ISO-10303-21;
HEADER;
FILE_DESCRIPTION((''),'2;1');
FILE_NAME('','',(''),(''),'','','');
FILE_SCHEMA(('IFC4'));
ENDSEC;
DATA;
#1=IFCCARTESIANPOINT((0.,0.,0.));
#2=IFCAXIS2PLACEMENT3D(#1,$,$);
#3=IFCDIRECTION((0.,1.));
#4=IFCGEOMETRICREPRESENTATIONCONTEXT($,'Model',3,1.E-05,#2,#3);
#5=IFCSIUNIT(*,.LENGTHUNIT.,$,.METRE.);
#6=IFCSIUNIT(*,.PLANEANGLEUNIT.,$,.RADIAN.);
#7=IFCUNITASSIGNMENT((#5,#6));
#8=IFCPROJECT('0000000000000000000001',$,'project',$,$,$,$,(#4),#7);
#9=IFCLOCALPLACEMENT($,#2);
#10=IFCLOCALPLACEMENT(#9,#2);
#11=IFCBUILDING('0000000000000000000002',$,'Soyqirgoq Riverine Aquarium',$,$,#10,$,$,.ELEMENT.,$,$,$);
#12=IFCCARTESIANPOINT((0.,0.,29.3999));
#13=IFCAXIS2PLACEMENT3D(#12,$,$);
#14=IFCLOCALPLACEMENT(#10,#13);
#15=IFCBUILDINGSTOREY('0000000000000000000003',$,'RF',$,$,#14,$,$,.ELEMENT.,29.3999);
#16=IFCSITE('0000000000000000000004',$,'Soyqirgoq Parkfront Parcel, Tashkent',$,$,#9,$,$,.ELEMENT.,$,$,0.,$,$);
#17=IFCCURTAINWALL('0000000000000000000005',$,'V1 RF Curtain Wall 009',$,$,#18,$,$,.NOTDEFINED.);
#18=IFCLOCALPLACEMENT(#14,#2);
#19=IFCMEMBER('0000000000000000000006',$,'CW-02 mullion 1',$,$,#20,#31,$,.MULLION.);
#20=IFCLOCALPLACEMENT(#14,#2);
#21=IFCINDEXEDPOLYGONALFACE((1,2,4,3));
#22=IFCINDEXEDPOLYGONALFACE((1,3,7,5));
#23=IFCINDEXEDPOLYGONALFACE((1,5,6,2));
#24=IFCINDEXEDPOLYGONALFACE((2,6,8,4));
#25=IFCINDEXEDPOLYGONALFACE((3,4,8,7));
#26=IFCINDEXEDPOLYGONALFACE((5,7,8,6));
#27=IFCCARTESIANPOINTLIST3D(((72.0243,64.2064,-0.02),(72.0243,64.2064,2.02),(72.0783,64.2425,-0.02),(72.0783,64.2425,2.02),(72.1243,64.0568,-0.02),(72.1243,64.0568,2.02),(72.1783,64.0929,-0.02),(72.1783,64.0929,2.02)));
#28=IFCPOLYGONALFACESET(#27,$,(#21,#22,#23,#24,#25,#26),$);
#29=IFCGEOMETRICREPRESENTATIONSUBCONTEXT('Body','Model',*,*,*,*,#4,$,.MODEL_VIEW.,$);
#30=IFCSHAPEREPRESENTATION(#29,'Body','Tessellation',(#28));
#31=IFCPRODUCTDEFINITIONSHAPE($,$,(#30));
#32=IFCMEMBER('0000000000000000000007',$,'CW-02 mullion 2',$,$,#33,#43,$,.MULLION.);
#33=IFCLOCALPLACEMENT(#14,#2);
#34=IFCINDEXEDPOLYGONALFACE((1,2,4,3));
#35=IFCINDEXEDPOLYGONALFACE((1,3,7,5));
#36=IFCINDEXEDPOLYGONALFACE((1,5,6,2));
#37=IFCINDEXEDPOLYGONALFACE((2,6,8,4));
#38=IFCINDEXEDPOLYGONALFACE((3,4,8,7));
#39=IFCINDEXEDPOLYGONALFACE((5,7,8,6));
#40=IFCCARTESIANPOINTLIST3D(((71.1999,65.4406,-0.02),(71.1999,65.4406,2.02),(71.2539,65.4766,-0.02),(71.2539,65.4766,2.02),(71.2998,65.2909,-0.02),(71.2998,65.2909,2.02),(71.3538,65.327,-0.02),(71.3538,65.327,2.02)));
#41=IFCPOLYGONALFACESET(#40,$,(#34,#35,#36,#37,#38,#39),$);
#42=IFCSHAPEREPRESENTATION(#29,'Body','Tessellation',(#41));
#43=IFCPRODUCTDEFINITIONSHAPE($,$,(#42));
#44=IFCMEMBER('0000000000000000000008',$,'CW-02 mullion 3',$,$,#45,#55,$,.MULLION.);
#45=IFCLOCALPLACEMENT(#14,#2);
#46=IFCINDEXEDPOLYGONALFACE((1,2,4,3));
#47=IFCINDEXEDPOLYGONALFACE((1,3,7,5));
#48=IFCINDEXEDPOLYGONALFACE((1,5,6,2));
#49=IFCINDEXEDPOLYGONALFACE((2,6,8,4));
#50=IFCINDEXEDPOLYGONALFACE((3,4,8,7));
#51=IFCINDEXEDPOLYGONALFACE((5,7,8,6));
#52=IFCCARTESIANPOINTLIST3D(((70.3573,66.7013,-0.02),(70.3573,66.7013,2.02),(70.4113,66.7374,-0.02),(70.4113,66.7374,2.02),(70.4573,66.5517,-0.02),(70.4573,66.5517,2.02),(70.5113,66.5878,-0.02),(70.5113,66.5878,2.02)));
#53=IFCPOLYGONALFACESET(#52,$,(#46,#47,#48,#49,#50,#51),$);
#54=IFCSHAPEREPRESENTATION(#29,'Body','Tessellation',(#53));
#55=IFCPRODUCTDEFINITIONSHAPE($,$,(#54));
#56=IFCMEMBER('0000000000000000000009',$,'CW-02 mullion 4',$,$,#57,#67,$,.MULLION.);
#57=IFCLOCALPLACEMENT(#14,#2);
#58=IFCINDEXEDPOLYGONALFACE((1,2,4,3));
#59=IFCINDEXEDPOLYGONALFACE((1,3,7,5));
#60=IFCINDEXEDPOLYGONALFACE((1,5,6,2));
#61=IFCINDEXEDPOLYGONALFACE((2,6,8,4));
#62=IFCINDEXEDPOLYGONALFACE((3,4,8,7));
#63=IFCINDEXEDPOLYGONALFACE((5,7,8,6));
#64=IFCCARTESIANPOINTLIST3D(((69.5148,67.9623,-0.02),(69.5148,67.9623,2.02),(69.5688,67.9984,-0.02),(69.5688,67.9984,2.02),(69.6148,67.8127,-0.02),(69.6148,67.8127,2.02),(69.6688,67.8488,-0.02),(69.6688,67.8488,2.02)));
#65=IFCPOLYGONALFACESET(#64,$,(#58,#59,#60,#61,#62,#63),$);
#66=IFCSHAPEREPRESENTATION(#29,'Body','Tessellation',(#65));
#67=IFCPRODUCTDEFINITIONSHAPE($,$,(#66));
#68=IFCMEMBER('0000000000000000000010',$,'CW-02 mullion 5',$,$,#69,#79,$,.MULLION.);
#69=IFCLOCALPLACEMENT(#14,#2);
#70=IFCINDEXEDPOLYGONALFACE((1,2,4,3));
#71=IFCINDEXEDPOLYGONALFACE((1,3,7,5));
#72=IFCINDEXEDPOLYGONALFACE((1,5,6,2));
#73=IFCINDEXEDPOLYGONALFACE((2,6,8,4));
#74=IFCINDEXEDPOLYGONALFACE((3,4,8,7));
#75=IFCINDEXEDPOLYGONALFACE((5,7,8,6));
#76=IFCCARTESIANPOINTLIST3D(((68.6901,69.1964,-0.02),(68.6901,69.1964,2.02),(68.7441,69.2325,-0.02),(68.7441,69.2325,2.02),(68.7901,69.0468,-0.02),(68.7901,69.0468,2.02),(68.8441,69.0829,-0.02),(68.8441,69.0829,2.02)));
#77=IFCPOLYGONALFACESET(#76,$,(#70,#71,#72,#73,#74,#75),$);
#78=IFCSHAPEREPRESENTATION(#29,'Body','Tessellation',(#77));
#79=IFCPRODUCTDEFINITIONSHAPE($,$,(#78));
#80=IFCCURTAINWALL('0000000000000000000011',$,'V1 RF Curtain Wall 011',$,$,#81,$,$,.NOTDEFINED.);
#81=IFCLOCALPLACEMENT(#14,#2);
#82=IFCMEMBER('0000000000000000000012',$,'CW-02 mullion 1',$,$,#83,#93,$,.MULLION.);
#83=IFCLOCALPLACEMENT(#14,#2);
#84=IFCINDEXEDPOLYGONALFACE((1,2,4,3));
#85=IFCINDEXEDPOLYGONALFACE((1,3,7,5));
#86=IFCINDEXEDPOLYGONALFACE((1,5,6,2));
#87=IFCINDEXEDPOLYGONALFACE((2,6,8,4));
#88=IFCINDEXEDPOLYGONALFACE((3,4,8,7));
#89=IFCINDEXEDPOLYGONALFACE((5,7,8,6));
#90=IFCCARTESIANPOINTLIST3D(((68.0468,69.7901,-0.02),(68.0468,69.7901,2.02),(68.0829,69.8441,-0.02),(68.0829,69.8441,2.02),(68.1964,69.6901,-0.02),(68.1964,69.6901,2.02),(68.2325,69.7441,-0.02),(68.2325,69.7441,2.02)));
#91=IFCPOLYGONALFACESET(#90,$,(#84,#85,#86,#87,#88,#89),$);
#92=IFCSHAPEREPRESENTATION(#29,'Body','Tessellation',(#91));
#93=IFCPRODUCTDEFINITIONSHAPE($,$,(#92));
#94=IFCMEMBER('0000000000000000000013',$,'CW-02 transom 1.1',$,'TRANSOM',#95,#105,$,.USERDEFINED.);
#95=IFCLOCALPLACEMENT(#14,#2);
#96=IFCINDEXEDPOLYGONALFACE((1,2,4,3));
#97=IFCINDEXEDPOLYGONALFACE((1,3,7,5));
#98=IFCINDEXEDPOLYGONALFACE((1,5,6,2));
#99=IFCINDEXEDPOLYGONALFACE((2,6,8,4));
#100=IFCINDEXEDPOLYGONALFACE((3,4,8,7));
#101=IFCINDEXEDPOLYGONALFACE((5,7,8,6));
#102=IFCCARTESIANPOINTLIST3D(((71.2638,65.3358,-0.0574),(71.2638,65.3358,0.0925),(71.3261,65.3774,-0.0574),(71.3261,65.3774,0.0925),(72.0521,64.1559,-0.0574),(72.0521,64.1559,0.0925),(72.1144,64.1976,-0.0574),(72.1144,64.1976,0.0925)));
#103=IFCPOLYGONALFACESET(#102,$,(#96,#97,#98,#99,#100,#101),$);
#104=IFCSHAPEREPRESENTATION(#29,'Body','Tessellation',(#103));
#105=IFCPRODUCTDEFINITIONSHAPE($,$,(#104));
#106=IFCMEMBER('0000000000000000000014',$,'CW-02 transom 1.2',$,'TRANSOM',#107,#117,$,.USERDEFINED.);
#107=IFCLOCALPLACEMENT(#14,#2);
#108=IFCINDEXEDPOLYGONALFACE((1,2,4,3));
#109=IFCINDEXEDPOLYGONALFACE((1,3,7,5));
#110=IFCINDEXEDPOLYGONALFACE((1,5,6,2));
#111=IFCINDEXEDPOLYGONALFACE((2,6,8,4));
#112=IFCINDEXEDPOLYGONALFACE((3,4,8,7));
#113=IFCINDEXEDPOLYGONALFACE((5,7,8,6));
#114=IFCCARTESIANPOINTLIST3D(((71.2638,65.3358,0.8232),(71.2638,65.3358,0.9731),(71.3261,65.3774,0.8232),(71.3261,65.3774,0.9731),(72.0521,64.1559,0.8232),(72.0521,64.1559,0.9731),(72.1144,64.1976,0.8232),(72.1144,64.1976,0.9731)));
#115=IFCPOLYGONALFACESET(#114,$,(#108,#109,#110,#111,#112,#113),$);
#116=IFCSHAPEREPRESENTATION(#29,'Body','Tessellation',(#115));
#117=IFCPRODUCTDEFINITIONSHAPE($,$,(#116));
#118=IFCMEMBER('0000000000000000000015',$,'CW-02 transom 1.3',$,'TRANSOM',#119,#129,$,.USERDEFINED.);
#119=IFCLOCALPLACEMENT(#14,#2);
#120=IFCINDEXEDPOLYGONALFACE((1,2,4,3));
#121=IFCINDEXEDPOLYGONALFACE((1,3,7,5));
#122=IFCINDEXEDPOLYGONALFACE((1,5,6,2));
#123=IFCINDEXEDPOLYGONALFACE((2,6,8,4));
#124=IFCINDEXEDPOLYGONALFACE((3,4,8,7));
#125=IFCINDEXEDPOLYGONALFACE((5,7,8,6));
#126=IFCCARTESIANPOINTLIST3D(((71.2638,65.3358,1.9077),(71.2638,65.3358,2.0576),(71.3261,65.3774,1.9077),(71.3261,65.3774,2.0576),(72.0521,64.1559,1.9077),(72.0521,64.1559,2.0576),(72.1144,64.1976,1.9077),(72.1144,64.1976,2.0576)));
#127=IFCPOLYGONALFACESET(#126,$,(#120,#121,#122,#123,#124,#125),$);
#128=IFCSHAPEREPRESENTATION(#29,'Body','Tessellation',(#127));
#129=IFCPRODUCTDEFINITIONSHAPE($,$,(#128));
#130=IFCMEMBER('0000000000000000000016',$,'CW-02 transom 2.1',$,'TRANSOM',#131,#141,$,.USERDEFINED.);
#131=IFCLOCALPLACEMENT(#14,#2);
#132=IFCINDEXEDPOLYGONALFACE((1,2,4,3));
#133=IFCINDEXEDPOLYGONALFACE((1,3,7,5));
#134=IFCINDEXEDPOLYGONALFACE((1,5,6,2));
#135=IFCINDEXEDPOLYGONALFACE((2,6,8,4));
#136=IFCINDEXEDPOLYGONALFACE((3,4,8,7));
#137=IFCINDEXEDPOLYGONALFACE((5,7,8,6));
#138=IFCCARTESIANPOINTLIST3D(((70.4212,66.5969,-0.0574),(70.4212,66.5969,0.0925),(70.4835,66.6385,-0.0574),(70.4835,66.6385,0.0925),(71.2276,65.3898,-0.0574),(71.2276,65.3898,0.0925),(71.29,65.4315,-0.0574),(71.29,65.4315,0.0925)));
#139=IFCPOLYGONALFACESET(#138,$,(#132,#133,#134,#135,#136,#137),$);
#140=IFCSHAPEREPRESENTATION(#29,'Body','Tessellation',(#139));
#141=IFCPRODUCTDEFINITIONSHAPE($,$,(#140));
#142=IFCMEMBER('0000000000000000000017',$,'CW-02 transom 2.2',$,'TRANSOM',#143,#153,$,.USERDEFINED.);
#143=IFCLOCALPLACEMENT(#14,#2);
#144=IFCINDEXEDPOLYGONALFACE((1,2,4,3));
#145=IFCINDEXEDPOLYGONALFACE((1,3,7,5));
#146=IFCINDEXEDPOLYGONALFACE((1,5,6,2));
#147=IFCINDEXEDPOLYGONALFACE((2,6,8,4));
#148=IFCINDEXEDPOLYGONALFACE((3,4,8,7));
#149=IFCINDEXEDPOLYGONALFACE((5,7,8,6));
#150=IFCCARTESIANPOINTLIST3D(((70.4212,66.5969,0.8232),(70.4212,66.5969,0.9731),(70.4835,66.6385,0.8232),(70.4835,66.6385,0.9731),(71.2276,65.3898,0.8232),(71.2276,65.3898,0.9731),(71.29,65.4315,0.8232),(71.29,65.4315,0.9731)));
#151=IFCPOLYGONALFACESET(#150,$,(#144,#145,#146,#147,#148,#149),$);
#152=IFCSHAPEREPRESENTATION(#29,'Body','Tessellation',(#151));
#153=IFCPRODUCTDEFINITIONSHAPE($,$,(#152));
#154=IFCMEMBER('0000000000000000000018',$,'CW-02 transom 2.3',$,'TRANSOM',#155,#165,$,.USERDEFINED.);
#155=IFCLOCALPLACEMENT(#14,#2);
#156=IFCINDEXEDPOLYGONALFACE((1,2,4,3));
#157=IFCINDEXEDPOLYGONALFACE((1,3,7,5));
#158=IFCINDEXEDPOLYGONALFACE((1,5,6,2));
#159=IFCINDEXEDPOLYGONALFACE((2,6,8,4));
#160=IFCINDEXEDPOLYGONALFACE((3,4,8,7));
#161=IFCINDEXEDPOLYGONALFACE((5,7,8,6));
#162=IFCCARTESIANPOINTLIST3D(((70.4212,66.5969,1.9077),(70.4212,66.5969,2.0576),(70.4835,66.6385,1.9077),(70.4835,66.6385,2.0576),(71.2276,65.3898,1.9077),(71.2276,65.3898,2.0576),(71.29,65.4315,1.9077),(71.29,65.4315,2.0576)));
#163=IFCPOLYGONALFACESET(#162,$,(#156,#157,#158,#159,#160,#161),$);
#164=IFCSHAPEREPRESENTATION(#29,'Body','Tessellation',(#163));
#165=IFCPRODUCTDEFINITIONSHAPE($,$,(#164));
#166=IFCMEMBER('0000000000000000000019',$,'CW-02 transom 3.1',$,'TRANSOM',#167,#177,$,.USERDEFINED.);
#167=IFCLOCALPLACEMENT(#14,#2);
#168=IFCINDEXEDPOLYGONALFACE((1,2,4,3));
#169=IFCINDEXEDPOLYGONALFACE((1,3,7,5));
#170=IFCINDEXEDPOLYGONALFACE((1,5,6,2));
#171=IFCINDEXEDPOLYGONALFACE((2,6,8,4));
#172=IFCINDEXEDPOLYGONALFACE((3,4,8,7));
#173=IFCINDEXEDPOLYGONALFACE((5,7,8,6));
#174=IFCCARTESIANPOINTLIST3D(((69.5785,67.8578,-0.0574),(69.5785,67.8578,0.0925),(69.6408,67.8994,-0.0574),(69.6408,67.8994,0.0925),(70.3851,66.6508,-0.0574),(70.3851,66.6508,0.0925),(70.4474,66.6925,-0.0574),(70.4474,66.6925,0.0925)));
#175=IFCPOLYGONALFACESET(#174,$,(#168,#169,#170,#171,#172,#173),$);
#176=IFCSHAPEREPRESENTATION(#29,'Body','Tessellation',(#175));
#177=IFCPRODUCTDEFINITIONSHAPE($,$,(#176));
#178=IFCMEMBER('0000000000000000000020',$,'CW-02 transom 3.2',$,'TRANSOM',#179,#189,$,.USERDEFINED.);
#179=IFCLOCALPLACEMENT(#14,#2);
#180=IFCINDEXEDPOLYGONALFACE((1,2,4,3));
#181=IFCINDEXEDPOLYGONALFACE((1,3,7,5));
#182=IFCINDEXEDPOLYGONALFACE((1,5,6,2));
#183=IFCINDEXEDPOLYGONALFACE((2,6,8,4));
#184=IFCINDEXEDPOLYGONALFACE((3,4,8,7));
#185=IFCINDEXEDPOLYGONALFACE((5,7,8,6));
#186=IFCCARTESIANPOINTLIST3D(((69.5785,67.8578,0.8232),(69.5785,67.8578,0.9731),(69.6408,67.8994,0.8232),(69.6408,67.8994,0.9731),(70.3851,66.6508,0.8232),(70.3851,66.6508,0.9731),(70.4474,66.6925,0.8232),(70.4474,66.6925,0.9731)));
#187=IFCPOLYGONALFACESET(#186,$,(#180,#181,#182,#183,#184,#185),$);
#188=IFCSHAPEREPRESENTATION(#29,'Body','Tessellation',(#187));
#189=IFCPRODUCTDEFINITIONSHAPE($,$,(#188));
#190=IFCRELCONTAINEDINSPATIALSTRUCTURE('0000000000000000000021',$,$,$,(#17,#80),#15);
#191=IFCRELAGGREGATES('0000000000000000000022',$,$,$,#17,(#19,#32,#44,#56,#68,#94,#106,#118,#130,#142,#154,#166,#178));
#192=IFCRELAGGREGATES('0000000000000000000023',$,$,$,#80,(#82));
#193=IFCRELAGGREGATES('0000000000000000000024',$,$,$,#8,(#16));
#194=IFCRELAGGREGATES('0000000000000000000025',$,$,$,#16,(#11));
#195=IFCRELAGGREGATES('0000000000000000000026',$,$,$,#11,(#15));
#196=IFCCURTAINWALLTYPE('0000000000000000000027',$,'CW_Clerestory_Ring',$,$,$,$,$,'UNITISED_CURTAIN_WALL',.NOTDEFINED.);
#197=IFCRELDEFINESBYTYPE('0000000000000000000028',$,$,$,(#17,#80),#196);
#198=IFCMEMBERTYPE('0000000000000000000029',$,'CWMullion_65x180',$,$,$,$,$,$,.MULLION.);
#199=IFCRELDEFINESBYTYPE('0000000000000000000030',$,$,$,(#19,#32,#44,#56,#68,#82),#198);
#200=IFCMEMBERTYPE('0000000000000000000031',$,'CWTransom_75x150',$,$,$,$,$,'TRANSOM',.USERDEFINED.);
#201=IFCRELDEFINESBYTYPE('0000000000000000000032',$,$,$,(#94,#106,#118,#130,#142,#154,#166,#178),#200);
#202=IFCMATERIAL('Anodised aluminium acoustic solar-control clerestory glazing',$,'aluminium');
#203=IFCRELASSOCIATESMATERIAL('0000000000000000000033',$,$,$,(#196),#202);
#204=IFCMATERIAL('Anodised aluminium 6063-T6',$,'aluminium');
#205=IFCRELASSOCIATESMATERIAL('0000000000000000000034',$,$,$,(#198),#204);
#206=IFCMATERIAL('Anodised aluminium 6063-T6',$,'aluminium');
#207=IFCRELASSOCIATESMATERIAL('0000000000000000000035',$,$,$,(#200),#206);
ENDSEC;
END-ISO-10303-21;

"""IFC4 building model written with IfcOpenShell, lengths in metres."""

from ifc_helpers import new_model, si_unit, direction, frame, origin, origin_2d, place, context, subcontext, project, spatial, rectangle, extrude, material, material_profile, profile_set, type_object, element, aggregate, save


model = new_model("IFC4")

# Units and contexts
model_context = context("Model", 3, precision=1e-05, world=origin(), true_north=direction((0.0, 1.0)))
body_context = subcontext(model_context, "Body", "Model", "MODEL_VIEW")
ifc_project = project(units=[si_unit("LENGTHUNIT", "METRE"), si_unit("PLANEANGLEUNIT", "RADIAN")], contexts=[model_context])

# Site, building, storey
site_placement = place(None, origin())
site = spatial("IfcSite", under=ifc_project, at=site_placement, Name="Soyqirgoq Parkfront Parcel, Tashkent", CompositionType="ELEMENT", RefElevation=0.0)
building_placement = place(site_placement, origin())
building = spatial("IfcBuilding", under=site, at=building_placement, Name="Soyqirgoq Riverine Aquarium", CompositionType="ELEMENT")
storey_placement = place(building_placement, frame((0.0, 0.0, 29.3999)))
storey = spatial("IfcBuildingStorey", under=building, at=storey_placement, Name="RF", CompositionType="ELEMENT", Elevation=29.3999)

# Curtain wall, members
ifc_material_1 = material(Name="Anodised aluminium acoustic solar-control clerestory glazing", Category="aluminium")
curtain_wall_type = type_object("IfcCurtainWallType", Name="CW_Clerestory_Ring", ElementType="UNITISED_CURTAIN_WALL", PredefinedType="NOTDEFINED", material=ifc_material_1)
curtain_wall_1_placement = place(storey_placement, origin())
curtain_wall_1 = element("IfcCurtainWall", 1, at=curtain_wall_1_placement, inside=storey, type_object=curtain_wall_type, Name="V1 RF Curtain Wall 009", PredefinedType="NOTDEFINED")
ifc_material_2 = material(Name="Anodised aluminium 6063-T6", Category="aluminium")
ifc_material_profile_1 = material_profile(ifc_material_2, rectangle(XDim=0.0649, YDim=0.1799, at=origin_2d()), Name="ALU-M 65x180")
ifc_profile_set_1 = profile_set([ifc_material_profile_1], Name="Anodised aluminium 6063-T6")
member_type_1 = type_object("IfcMemberType", Name="CWMullion_65x180", PredefinedType="MULLION", material=ifc_profile_set_1)
member_1_placement = place(storey_placement, frame((72.1013, 64.1497, -0.02), z_axis=(0.0, 0.0, 1.0), x_axis=(-0.831464, -0.555579, 0.0)))
member_1 = element("IfcMember", 2, at=member_1_placement, type_object=member_type_1, Name="CW-02 mullion 1", PredefinedType="MULLION", context=body_context, shape_type="SweptSolid", body=[
    extrude(rectangle(XDim=0.0649, YDim=0.1799, at=origin_2d()), origin(), (0.0, 0.0, 1.0), 2.04),
])
member_2_placement = place(storey_placement, frame((71.2769, 65.3838, -0.02), z_axis=(0.0, 0.0, 1.0), x_axis=(-0.831464, -0.555579, 0.0)))
member_2 = element("IfcMember", 3, at=member_2_placement, type_object=member_type_1, Name="CW-02 mullion 2", PredefinedType="MULLION", context=body_context, shape_type="SweptSolid", body=[
    extrude(rectangle(XDim=0.0649, YDim=0.1799, at=origin_2d()), origin(), (0.0, 0.0, 1.0), 2.04),
])
member_3_placement = place(storey_placement, frame((70.4343, 66.6445, -0.02), z_axis=(0.0, 0.0, 1.0), x_axis=(-0.831464, -0.555579, 0.0)))
member_3 = element("IfcMember", 4, at=member_3_placement, type_object=member_type_1, Name="CW-02 mullion 3", PredefinedType="MULLION", context=body_context, shape_type="SweptSolid", body=[
    extrude(rectangle(XDim=0.0649, YDim=0.1799, at=origin_2d()), origin(), (0.0, 0.0, 1.0), 2.04),
])
member_4_placement = place(storey_placement, frame((69.5918, 67.9055, -0.02), z_axis=(0.0, 0.0, 1.0), x_axis=(-0.831464, -0.555579, 0.0)))
member_4 = element("IfcMember", 5, at=member_4_placement, type_object=member_type_1, Name="CW-02 mullion 4", PredefinedType="MULLION", context=body_context, shape_type="SweptSolid", body=[
    extrude(rectangle(XDim=0.0649, YDim=0.1799, at=origin_2d()), origin(), (0.0, 0.0, 1.0), 2.04),
])
member_5_placement = place(storey_placement, frame((68.7671, 69.1396, -0.02), z_axis=(0.0, 0.0, 1.0), x_axis=(-0.831464, -0.555579, 0.0)))
member_5 = element("IfcMember", 6, at=member_5_placement, type_object=member_type_1, Name="CW-02 mullion 5", PredefinedType="MULLION", context=body_context, shape_type="SweptSolid", body=[
    extrude(rectangle(XDim=0.0649, YDim=0.1799, at=origin_2d()), origin(), (0.0, 0.0, 1.0), 2.04),
])

# Curtain wall, member
curtain_wall_2_placement = place(storey_placement, origin())
curtain_wall_2 = element("IfcCurtainWall", 7, at=curtain_wall_2_placement, inside=storey, type_object=curtain_wall_type, Name="V1 RF Curtain Wall 011", PredefinedType="NOTDEFINED")
member_6_placement = place(storey_placement, frame((68.1396, 69.7671, -0.02), z_axis=(0.0, 0.0, 1.0), x_axis=(-0.555579, -0.831464, 0.0)))
member_6 = element("IfcMember", 8, at=member_6_placement, type_object=member_type_1, Name="CW-02 mullion 1", PredefinedType="MULLION", context=body_context, shape_type="SweptSolid", body=[
    extrude(rectangle(XDim=0.0649, YDim=0.1799, at=origin_2d()), origin(), (0.0, 0.0, 1.0), 2.04),
])

# Members
ifc_material_3 = material(Name="Anodised aluminium 6063-T6", Category="aluminium")
ifc_material_profile_2 = material_profile(ifc_material_3, rectangle(XDim=0.075, YDim=0.1499, at=origin_2d()), Name="ALU-T 75x150")
ifc_profile_set_2 = profile_set([ifc_material_profile_2], Name="Anodised aluminium 6063-T6")
member_type_2 = type_object("IfcMemberType", Name="CWTransom_75x150", ElementType="TRANSOM", PredefinedType="USERDEFINED", material=ifc_profile_set_2)
member_7_placement = place(storey_placement, frame((72.0833, 64.1768, 0.0176), z_axis=(-0.555534, 0.831494, 0.0), x_axis=(-0.831494, -0.555534, 0.0)))
member_7 = element("IfcMember", 9, at=member_7_placement, type_object=member_type_2, Name="CW-02 transom 1.1", ObjectType="TRANSOM", PredefinedType="USERDEFINED", context=body_context, shape_type="SweptSolid", body=[
    extrude(rectangle(XDim=0.075, YDim=0.1499, at=origin_2d()), origin(), (0.0, 0.0, 1.0), 1.4189),
])
member_8_placement = place(storey_placement, frame((72.0833, 64.1768, 0.8982), z_axis=(-0.555534, 0.831494, 0.0), x_axis=(-0.831494, -0.555534, 0.0)))
member_8 = element("IfcMember", 10, at=member_8_placement, type_object=member_type_2, Name="CW-02 transom 1.2", ObjectType="TRANSOM", PredefinedType="USERDEFINED", context=body_context, shape_type="SweptSolid", body=[
    extrude(rectangle(XDim=0.075, YDim=0.1499, at=origin_2d()), origin(), (0.0, 0.0, 1.0), 1.4189),
])
member_9_placement = place(storey_placement, frame((72.0833, 64.1768, 1.9827), z_axis=(-0.555534, 0.831494, 0.0), x_axis=(-0.831494, -0.555534, 0.0)))
member_9 = element("IfcMember", 11, at=member_9_placement, type_object=member_type_2, Name="CW-02 transom 1.3", ObjectType="TRANSOM", PredefinedType="USERDEFINED", context=body_context, shape_type="SweptSolid", body=[
    extrude(rectangle(XDim=0.075, YDim=0.1499, at=origin_2d()), origin(), (0.0, 0.0, 1.0), 1.4189),
])
member_10_placement = place(storey_placement, frame((71.2588, 65.4106, 0.0176), z_axis=(-0.555515, 0.831507, 0.0), x_axis=(-0.831507, -0.555515, 0.0)))
member_10 = element("IfcMember", 12, at=member_10_placement, type_object=member_type_2, Name="CW-02 transom 2.1", ObjectType="TRANSOM", PredefinedType="USERDEFINED", context=body_context, shape_type="SweptSolid", body=[
    extrude(rectangle(XDim=0.075, YDim=0.1499, at=origin_2d()), origin(), (0.0, 0.0, 1.0), 1.4517),
])
member_11_placement = place(storey_placement, frame((71.2588, 65.4106, 0.8982), z_axis=(-0.555515, 0.831507, 0.0), x_axis=(-0.831507, -0.555515, 0.0)))
member_11 = element("IfcMember", 13, at=member_11_placement, type_object=member_type_2, Name="CW-02 transom 2.2", ObjectType="TRANSOM", PredefinedType="USERDEFINED", context=body_context, shape_type="SweptSolid", body=[
    extrude(rectangle(XDim=0.075, YDim=0.1499, at=origin_2d()), origin(), (0.0, 0.0, 1.0), 1.4517),
])
member_12_placement = place(storey_placement, frame((71.2588, 65.4106, 1.9827), z_axis=(-0.555515, 0.831507, 0.0), x_axis=(-0.831507, -0.555515, 0.0)))
member_12 = element("IfcMember", 14, at=member_12_placement, type_object=member_type_2, Name="CW-02 transom 2.3", ObjectType="TRANSOM", PredefinedType="USERDEFINED", context=body_context, shape_type="SweptSolid", body=[
    extrude(rectangle(XDim=0.075, YDim=0.1499, at=origin_2d()), origin(), (0.0, 0.0, 1.0), 1.4517),
])
member_13_placement = place(storey_placement, frame((70.4163, 66.6716, 0.0176), z_axis=(-0.555631, 0.831429, 0.0), x_axis=(-0.831429, -0.555631, 0.0)))
member_13 = element("IfcMember", 15, at=member_13_placement, type_object=member_type_2, Name="CW-02 transom 3.1", ObjectType="TRANSOM", PredefinedType="USERDEFINED", context=body_context, shape_type="SweptSolid", body=[
    extrude(rectangle(XDim=0.075, YDim=0.1499, at=origin_2d()), origin(), (0.0, 0.0, 1.0), 1.4517),
])
member_14_placement = place(storey_placement, frame((70.4163, 66.6716, 0.8982), z_axis=(-0.555631, 0.831429, 0.0), x_axis=(-0.831429, -0.555631, 0.0)))
member_14 = element("IfcMember", 16, at=member_14_placement, type_object=member_type_2, Name="CW-02 transom 3.2", ObjectType="TRANSOM", PredefinedType="USERDEFINED", context=body_context, shape_type="SweptSolid", body=[
    extrude(rectangle(XDim=0.075, YDim=0.1499, at=origin_2d()), origin(), (0.0, 0.0, 1.0), 1.4517),
])

aggregate(curtain_wall_1, [member_1, member_2, member_3, member_4, member_5, member_7, member_8, member_9, member_10, member_11, member_12, member_13, member_14])
aggregate(curtain_wall_2, [member_6])

save(model, "model.ifc")
